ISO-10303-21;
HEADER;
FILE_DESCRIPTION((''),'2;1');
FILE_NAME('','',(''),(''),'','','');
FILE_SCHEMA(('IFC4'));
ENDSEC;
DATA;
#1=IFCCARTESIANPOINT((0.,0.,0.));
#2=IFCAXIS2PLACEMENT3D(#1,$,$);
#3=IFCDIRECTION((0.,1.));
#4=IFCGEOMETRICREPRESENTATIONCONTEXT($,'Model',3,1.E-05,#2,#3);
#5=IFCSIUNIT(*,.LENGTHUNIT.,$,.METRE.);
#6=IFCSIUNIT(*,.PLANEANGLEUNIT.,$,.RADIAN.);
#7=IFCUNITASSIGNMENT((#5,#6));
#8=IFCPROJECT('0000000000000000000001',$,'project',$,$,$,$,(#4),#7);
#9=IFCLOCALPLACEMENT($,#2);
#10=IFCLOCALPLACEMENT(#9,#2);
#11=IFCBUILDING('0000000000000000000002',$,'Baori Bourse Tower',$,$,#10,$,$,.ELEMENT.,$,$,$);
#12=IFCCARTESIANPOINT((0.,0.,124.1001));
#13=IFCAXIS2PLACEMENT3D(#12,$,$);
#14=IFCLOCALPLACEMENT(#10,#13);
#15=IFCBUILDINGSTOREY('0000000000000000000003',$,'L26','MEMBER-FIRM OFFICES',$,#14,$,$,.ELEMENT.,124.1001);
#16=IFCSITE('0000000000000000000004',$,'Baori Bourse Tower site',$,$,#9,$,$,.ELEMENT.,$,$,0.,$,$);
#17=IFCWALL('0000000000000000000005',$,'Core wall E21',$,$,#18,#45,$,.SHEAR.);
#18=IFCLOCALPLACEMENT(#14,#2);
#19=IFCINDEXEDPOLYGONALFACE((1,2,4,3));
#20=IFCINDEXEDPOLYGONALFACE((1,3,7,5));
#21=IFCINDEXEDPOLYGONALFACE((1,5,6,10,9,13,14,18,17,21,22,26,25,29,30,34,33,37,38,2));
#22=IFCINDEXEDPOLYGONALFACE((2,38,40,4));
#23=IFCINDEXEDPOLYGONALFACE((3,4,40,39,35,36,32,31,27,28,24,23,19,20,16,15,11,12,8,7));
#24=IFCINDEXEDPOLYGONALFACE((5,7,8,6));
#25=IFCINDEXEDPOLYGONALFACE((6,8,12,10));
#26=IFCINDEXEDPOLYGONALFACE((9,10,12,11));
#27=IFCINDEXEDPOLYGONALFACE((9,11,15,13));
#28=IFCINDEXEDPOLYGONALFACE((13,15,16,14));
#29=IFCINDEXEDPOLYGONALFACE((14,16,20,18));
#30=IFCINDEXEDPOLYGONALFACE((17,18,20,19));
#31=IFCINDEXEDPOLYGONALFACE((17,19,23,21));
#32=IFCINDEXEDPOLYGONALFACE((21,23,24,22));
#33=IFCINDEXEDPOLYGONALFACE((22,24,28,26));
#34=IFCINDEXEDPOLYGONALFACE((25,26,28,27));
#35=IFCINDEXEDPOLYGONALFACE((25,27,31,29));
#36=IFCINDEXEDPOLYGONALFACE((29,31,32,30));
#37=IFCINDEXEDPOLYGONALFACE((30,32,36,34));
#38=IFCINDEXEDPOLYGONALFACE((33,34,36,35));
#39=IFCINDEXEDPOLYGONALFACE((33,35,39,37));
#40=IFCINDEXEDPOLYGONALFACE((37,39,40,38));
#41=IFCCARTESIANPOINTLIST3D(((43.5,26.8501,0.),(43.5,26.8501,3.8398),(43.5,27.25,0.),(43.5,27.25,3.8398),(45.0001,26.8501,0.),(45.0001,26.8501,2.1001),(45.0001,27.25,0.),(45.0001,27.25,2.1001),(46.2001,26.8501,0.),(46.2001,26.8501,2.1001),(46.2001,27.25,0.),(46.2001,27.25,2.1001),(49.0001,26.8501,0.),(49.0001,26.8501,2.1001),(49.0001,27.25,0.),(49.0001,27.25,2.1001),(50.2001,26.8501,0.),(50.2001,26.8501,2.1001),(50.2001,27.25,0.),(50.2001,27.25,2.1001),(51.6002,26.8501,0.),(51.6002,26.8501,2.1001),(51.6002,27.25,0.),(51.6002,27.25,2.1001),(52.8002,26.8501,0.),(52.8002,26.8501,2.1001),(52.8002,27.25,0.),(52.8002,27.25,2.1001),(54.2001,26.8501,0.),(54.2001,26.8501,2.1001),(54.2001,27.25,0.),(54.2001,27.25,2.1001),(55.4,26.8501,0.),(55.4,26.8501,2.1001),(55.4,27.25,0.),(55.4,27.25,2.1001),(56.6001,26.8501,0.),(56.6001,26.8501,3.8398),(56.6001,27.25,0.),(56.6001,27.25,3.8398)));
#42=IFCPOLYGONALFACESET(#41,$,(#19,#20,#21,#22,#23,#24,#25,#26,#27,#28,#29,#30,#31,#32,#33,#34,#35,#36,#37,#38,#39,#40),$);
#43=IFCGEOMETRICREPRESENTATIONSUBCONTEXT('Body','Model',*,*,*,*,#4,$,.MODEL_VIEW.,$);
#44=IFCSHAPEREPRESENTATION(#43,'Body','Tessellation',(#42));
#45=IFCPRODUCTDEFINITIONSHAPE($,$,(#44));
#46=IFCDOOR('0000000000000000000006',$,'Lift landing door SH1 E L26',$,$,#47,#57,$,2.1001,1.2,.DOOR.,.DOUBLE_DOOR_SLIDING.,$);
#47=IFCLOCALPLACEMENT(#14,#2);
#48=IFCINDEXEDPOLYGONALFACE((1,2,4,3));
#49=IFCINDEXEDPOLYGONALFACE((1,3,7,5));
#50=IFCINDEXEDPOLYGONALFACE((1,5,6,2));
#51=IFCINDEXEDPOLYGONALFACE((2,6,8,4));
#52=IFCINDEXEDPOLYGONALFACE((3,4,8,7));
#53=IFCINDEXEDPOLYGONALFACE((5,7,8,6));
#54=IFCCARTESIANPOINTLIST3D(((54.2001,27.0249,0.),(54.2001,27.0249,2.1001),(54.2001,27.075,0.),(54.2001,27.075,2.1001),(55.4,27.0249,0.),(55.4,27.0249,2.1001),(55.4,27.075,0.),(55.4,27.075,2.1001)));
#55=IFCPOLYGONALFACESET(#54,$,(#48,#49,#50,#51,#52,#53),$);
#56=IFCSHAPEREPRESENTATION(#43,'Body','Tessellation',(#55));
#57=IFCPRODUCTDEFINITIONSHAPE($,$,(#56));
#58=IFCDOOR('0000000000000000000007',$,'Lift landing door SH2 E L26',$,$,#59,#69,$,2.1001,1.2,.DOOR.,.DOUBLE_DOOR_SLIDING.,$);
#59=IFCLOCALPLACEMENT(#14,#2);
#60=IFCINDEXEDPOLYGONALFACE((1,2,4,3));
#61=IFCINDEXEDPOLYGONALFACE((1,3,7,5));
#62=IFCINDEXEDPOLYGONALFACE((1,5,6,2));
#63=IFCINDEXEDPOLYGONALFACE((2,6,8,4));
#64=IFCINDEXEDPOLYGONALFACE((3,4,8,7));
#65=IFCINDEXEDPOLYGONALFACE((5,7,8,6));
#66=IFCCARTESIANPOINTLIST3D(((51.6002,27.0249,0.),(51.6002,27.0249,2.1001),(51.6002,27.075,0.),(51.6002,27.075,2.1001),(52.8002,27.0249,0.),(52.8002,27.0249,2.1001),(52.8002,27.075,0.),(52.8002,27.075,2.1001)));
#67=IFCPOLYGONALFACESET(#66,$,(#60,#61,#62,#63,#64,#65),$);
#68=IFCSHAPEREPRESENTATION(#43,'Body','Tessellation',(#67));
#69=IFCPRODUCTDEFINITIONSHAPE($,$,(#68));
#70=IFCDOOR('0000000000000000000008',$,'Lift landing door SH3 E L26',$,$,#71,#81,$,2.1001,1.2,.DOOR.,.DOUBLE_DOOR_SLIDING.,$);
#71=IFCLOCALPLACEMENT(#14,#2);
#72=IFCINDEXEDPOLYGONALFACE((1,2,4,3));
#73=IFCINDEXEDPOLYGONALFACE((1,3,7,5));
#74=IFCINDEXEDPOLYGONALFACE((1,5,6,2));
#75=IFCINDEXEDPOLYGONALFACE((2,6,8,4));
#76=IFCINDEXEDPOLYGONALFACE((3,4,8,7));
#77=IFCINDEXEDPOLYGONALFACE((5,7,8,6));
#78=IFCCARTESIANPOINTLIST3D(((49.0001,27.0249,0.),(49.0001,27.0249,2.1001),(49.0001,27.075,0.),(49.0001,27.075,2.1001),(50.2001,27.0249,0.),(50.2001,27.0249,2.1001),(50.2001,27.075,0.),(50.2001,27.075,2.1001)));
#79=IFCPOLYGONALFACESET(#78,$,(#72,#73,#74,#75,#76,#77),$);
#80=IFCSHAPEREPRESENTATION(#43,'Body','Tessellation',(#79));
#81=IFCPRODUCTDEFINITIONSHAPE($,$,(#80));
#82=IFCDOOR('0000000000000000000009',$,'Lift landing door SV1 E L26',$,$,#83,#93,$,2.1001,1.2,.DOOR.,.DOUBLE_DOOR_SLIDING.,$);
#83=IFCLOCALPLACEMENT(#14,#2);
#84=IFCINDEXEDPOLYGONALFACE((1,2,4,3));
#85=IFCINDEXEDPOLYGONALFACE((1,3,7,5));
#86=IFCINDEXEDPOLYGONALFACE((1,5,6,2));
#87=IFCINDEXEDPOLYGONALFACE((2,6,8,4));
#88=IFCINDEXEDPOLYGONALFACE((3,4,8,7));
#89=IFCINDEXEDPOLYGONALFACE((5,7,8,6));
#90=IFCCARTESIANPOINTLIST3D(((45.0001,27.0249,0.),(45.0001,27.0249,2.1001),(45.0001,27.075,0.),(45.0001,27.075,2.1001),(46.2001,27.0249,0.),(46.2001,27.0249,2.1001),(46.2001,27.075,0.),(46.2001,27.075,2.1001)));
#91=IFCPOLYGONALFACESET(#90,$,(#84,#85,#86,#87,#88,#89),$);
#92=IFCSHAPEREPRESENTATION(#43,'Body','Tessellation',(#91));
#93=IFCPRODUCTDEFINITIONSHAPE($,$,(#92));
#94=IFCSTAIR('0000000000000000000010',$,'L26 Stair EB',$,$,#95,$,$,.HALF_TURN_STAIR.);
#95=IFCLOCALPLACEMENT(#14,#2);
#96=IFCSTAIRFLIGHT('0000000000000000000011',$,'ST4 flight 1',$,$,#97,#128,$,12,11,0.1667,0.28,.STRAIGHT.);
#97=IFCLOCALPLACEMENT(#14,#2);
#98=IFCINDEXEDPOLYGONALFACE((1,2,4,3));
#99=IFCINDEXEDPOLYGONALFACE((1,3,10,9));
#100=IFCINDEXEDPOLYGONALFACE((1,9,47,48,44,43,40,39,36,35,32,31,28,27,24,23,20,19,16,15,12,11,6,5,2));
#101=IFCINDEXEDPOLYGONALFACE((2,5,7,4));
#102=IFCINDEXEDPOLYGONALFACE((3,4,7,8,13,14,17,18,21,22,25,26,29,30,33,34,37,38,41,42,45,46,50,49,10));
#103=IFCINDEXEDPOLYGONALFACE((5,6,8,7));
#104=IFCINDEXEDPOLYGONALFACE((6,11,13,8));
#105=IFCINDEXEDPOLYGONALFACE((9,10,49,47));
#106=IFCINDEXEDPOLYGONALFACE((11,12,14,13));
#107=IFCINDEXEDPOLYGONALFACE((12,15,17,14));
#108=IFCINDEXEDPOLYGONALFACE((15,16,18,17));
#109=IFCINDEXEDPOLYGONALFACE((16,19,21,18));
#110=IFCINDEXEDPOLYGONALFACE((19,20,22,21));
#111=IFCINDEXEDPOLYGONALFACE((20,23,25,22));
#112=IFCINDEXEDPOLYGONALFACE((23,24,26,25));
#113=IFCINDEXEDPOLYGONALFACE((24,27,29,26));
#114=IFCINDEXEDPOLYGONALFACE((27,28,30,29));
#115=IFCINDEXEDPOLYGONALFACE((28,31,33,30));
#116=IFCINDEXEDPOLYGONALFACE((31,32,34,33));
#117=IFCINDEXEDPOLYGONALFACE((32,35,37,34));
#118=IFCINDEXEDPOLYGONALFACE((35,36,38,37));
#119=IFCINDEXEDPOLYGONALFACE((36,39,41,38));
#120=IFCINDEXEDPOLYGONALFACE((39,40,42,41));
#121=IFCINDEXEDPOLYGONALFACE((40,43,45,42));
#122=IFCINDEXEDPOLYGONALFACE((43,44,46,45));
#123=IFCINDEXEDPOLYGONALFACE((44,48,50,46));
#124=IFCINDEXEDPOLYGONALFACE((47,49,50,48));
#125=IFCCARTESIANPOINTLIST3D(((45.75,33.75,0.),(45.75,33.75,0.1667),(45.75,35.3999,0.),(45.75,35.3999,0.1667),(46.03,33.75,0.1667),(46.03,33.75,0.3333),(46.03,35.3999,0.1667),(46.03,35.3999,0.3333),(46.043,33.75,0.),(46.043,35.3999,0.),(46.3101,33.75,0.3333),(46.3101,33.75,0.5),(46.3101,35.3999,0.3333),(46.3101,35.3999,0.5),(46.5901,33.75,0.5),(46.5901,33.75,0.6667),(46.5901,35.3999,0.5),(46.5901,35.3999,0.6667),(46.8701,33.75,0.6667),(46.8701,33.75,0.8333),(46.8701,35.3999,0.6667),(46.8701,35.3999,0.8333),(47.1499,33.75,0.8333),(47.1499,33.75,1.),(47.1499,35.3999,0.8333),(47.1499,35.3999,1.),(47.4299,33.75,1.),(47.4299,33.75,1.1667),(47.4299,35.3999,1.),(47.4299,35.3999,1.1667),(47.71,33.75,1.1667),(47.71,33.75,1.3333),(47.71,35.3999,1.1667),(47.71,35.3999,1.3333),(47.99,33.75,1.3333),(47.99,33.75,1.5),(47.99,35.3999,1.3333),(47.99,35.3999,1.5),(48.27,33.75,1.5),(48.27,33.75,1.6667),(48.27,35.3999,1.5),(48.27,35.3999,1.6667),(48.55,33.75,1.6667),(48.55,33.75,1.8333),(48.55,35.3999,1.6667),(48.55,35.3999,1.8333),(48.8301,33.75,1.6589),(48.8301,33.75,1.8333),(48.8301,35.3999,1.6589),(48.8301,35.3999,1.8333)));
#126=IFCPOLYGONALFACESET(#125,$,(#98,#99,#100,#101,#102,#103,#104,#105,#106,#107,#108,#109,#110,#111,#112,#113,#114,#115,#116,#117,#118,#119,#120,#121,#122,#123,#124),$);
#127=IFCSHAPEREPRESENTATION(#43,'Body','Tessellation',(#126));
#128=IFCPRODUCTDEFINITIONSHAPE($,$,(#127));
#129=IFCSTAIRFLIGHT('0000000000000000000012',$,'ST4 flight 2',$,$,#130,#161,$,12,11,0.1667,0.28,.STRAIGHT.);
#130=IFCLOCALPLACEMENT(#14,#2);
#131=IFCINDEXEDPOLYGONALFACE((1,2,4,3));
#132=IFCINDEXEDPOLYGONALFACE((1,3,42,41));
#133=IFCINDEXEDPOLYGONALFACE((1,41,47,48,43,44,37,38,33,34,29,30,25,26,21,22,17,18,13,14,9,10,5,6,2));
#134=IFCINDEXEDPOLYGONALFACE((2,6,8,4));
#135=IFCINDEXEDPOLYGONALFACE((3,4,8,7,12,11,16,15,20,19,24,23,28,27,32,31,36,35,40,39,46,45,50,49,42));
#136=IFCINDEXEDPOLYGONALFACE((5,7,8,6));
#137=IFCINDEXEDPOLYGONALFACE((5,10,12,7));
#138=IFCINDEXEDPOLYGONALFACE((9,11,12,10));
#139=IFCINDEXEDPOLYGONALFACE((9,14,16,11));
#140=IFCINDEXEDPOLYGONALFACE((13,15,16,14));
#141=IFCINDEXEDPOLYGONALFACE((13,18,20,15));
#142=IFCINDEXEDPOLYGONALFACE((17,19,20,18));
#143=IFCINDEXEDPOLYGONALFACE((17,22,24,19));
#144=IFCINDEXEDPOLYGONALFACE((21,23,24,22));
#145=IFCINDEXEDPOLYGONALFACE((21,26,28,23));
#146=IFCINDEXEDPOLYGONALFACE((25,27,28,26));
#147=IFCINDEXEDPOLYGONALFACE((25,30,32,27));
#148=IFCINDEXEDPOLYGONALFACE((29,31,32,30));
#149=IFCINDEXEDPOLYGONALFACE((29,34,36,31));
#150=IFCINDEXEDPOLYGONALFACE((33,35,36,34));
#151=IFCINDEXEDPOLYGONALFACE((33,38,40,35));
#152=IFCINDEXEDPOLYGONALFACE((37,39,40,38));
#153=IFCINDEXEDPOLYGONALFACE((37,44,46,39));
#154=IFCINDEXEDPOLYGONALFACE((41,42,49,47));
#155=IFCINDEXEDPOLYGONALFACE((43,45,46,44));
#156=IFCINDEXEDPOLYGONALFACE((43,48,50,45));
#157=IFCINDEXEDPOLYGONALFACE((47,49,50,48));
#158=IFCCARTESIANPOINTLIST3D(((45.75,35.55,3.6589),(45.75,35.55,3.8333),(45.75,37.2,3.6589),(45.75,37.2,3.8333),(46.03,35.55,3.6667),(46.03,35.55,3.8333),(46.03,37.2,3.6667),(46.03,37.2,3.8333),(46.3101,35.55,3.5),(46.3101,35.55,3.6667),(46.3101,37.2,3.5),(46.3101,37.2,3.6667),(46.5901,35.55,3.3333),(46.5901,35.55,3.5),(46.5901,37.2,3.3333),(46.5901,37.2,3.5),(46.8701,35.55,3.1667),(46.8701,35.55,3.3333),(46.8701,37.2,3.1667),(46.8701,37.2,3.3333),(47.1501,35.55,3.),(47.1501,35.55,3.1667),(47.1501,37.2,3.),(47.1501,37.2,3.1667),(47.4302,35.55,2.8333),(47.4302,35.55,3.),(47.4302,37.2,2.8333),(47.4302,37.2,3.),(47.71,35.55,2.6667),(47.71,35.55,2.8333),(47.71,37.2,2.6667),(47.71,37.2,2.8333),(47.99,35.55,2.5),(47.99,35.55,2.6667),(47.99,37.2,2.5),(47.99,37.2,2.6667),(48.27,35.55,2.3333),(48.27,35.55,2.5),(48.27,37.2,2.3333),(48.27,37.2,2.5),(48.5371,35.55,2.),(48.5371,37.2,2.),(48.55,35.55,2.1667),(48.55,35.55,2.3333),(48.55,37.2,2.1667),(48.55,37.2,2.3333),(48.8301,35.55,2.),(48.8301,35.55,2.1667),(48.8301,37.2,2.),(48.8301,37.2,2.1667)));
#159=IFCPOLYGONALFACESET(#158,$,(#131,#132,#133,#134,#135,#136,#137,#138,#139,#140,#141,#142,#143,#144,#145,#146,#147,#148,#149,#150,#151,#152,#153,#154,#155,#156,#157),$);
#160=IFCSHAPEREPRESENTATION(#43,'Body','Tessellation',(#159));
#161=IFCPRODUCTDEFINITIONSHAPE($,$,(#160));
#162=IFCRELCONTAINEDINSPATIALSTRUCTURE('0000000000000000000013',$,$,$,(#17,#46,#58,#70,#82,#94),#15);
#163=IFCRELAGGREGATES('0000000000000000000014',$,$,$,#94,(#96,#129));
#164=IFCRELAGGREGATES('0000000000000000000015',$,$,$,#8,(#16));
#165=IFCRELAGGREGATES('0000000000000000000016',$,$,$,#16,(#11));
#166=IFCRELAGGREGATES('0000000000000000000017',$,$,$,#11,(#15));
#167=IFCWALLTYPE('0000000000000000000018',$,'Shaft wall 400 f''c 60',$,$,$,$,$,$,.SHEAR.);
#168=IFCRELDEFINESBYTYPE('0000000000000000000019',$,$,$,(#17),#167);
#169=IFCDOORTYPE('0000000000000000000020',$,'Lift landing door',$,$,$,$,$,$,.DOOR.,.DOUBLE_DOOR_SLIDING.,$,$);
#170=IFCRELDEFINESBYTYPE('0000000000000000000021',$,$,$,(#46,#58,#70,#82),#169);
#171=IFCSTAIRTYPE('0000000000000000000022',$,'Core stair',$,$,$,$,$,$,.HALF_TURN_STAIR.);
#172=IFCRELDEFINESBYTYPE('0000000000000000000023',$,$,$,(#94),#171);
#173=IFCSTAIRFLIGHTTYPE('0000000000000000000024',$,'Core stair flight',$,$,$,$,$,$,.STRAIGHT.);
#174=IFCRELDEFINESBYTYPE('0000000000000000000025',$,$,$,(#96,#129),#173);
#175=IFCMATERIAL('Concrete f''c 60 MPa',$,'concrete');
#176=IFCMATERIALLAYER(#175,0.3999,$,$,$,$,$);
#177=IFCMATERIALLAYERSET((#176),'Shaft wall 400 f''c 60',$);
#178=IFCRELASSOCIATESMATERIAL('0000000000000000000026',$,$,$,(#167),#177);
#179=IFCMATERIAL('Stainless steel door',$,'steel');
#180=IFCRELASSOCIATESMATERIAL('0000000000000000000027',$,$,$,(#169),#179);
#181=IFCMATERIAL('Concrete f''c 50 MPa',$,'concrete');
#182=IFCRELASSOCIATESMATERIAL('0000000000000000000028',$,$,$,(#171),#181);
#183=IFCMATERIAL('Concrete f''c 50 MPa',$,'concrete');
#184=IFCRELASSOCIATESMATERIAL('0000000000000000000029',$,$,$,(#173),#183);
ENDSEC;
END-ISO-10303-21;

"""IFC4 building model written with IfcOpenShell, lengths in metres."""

from ifc_helpers import new_model, si_unit, direction, frame, frame_2d, origin, place, context, subcontext, project, spatial, polyline, rectangle, outline, extrude, material, layer, layer_set, type_object, element, fill, aggregate, save


model = new_model("IFC4")

# Units and contexts
model_context = context("Model", 3, precision=1e-05, world=origin(), true_north=direction((0.0, 1.0)))
body_context = subcontext(model_context, "Body", "Model", "MODEL_VIEW")
ifc_project = project(units=[si_unit("LENGTHUNIT", "METRE"), si_unit("PLANEANGLEUNIT", "RADIAN")], contexts=[model_context])

# Site, building, storey
site_placement = place(None, origin())
site = spatial("IfcSite", under=ifc_project, at=site_placement, Name="Baori Bourse Tower site", CompositionType="ELEMENT", RefElevation=0.0)
building_placement = place(site_placement, origin())
building = spatial("IfcBuilding", under=site, at=building_placement, Name="Baori Bourse Tower", CompositionType="ELEMENT")
storey_placement = place(building_placement, frame((0.0, 0.0, 124.1001)))
storey = spatial("IfcBuildingStorey", under=building, at=storey_placement, Name="L26", Description="MEMBER-FIRM OFFICES", CompositionType="ELEMENT", Elevation=124.1001)

# Wall, openings, doors
ifc_material_1 = material(Name="Concrete f'c 60 MPa", Category="concrete")
ifc_layer_1 = layer(ifc_material_1, 0.3999)
ifc_layer_set_1 = layer_set([ifc_layer_1], Name="Shaft wall 400 f'c 60")
wall_type_1 = type_object("IfcWallType", Name="Shaft wall 400 f'c 60", PredefinedType="SHEAR", material=ifc_layer_set_1)
wall_1_placement = place(storey_placement, frame((43.5, 27.05, 0.0), z_axis=(0.0, 0.0, 1.0), x_axis=(1.0, 0.0, 0.0)))
wall_1 = element("IfcWall", 1, at=wall_1_placement, inside=storey, type_object=wall_type_1, Name="Core wall E21", PredefinedType="SHEAR", context=body_context, shape_type="SweptSolid", body=[
    extrude(rectangle(XDim=13.1001, YDim=0.3999, at=frame_2d((6.55, 0.0))), origin(), (0.0, 0.0, 1.0), 3.8398),
])
opening_1_placement = place(wall_1_placement, frame((10.7, 0.0, 0.0)))
opening_1 = element("IfcOpeningElement", 2, at=opening_1_placement, cuts=wall_1, PredefinedType="OPENING", context=body_context, shape_type="SweptSolid", body=[
    extrude(rectangle(XDim=1.2, YDim=2.1001, at=frame_2d((0.6001, 1.05))), frame((0.0, 0.21, 0.0), z_axis=(0.0, -1.0, 0.0), x_axis=(1.0, 0.0, 0.0)), (0.0, 0.0, 1.0), 0.4199),
])
opening_2_placement = place(wall_1_placement, frame((8.1001, 0.0, 0.0)))
opening_2 = element("IfcOpeningElement", 3, at=opening_2_placement, cuts=wall_1, PredefinedType="OPENING", context=body_context, shape_type="SweptSolid", body=[
    extrude(rectangle(XDim=1.2, YDim=2.1001, at=frame_2d((0.6001, 1.05))), frame((0.0, 0.21, 0.0), z_axis=(0.0, -1.0, 0.0), x_axis=(1.0, 0.0, 0.0)), (0.0, 0.0, 1.0), 0.4199),
])
opening_3_placement = place(wall_1_placement, frame((5.5, 0.0, 0.0)))
opening_3 = element("IfcOpeningElement", 4, at=opening_3_placement, cuts=wall_1, PredefinedType="OPENING", context=body_context, shape_type="SweptSolid", body=[
    extrude(rectangle(XDim=1.2, YDim=2.1001, at=frame_2d((0.6001, 1.05))), frame((0.0, 0.21, 0.0), z_axis=(0.0, -1.0, 0.0), x_axis=(1.0, 0.0, 0.0)), (0.0, 0.0, 1.0), 0.4199),
])
opening_4_placement = place(wall_1_placement, frame((1.5, 0.0, 0.0)))
opening_4 = element("IfcOpeningElement", 5, at=opening_4_placement, cuts=wall_1, PredefinedType="OPENING", context=body_context, shape_type="SweptSolid", body=[
    extrude(rectangle(XDim=1.2, YDim=2.1001, at=frame_2d((0.6001, 1.05))), frame((0.0, 0.21, 0.0), z_axis=(0.0, -1.0, 0.0), x_axis=(1.0, 0.0, 0.0)), (0.0, 0.0, 1.0), 0.4199),
])
ifc_material_2 = material(Name="Stainless steel door", Category="steel")
door_type_1 = type_object("IfcDoorType", Name="Lift landing door", OperationType="DOUBLE_DOOR_SLIDING", PredefinedType="DOOR", material=ifc_material_2)
door_1_placement = place(opening_1_placement, origin())
door_1 = element("IfcDoor", 6, at=door_1_placement, inside=storey, type_object=door_type_1, Name="Lift landing door SH1 E L26", OperationType="DOUBLE_DOOR_SLIDING", OverallHeight=2.1001, OverallWidth=1.2, PredefinedType="DOOR", context=body_context, shape_type="SweptSolid", body=[
    extrude(rectangle(XDim=1.2, YDim=2.1001, at=frame_2d((0.6001, 1.05))), frame((0.0, 0.0249, 0.0), z_axis=(0.0, -1.0, 0.0), x_axis=(1.0, 0.0, 0.0)), (0.0, 0.0, 1.0), 0.05),
])
fill(opening_1, door_1)
door_2_placement = place(opening_2_placement, origin())
door_2 = element("IfcDoor", 7, at=door_2_placement, inside=storey, type_object=door_type_1, Name="Lift landing door SH2 E L26", OperationType="DOUBLE_DOOR_SLIDING", OverallHeight=2.1001, OverallWidth=1.2, PredefinedType="DOOR", context=body_context, shape_type="SweptSolid", body=[
    extrude(rectangle(XDim=1.2, YDim=2.1001, at=frame_2d((0.6001, 1.05))), frame((0.0, 0.0249, 0.0), z_axis=(0.0, -1.0, 0.0), x_axis=(1.0, 0.0, 0.0)), (0.0, 0.0, 1.0), 0.05),
])
fill(opening_2, door_2)
door_3_placement = place(opening_3_placement, origin())
door_3 = element("IfcDoor", 8, at=door_3_placement, inside=storey, type_object=door_type_1, Name="Lift landing door SH3 E L26", OperationType="DOUBLE_DOOR_SLIDING", OverallHeight=2.1001, OverallWidth=1.2, PredefinedType="DOOR", context=body_context, shape_type="SweptSolid", body=[
    extrude(rectangle(XDim=1.2, YDim=2.1001, at=frame_2d((0.6001, 1.05))), frame((0.0, 0.0249, 0.0), z_axis=(0.0, -1.0, 0.0), x_axis=(1.0, 0.0, 0.0)), (0.0, 0.0, 1.0), 0.05),
])
fill(opening_3, door_3)
door_4_placement = place(opening_4_placement, origin())
door_4 = element("IfcDoor", 9, at=door_4_placement, inside=storey, type_object=door_type_1, Name="Lift landing door SV1 E L26", OperationType="DOUBLE_DOOR_SLIDING", OverallHeight=2.1001, OverallWidth=1.2, PredefinedType="DOOR", context=body_context, shape_type="SweptSolid", body=[
    extrude(rectangle(XDim=1.2, YDim=2.1001, at=frame_2d((0.6001, 1.05))), frame((0.0, 0.0249, 0.0), z_axis=(0.0, -1.0, 0.0), x_axis=(1.0, 0.0, 0.0)), (0.0, 0.0, 1.0), 0.05),
])
fill(opening_4, door_4)

# Stair, stair flights
ifc_material_3 = material(Name="Concrete f'c 50 MPa", Category="concrete")
stair_type = type_object("IfcStairType", Name="Core stair", PredefinedType="HALF_TURN_STAIR", material=ifc_material_3)
stair_placement = place(storey_placement, origin())
stair = element("IfcStair", 10, at=stair_placement, inside=storey, type_object=stair_type, Name="L26 Stair EB", PredefinedType="HALF_TURN_STAIR")
ifc_material_4 = material(Name="Concrete f'c 50 MPa", Category="concrete")
stair_flight_type = type_object("IfcStairFlightType", Name="Core stair flight", PredefinedType="STRAIGHT", material=ifc_material_4)
stair_flight_1_placement = place(storey_placement, frame((45.75, 34.575, 0.0), z_axis=(0.0, 0.0, 1.0), x_axis=(1.0, 0.0, 0.0)))
stair_flight_1 = element("IfcStairFlight", 11, at=stair_flight_1_placement, type_object=stair_flight_type, Name="ST4 flight 1", NumberOfRisers=12, NumberOfTreads=11, PredefinedType="STRAIGHT", RiserHeight=0.1667, TreadLength=0.28, context=body_context, shape_type="SweptSolid", body=[
    extrude(outline(polyline([(0.0, 0.0), (0.0, 0.1667), (0.28, 0.1667), (0.28, 0.3333), (0.5601, 0.3333), (0.5601, 0.5), (0.8401, 0.5), (0.8401, 0.6667), (1.1201, 0.6667), (1.1201, 0.8333), (1.3999, 0.8333), (1.3999, 1.0), (1.6799, 1.0), (1.6799, 1.1667), (1.96, 1.1667), (1.96, 1.3333), (2.24, 1.3333), (2.24, 1.5), (2.52, 1.5), (2.52, 1.6667), (2.8, 1.6667), (2.8, 1.8333), (3.0801, 1.8333), (3.0801, 2.0), (3.0801, 1.6589), (0.293, 0.0), (0.0, 0.0)])), frame((0.0, 0.825, 0.0), z_axis=(0.0, -1.0, 0.0), x_axis=(1.0, 0.0, 0.0)), (0.0, 0.0, 1.0), 1.6499),
])
stair_flight_2_placement = place(storey_placement, frame((48.8301, 36.375, 2.0), z_axis=(0.0, 0.0, 1.0), x_axis=(-1.0, 0.0, 0.0)))
stair_flight_2 = element("IfcStairFlight", 12, at=stair_flight_2_placement, type_object=stair_flight_type, Name="ST4 flight 2", NumberOfRisers=12, NumberOfTreads=11, PredefinedType="STRAIGHT", RiserHeight=0.1667, TreadLength=0.28, context=body_context, shape_type="SweptSolid", body=[
    extrude(outline(polyline([(0.0, 0.0), (0.0, 0.1667), (0.28, 0.1667), (0.28, 0.3333), (0.5601, 0.3333), (0.5601, 0.5), (0.8401, 0.5), (0.8401, 0.6667), (1.1201, 0.6667), (1.1201, 0.8333), (1.3999, 0.8333), (1.3999, 1.0), (1.6799, 1.0), (1.6799, 1.1667), (1.96, 1.1667), (1.96, 1.3333), (2.24, 1.3333), (2.24, 1.5), (2.52, 1.5), (2.52, 1.6667), (2.8, 1.6667), (2.8, 1.8333), (3.0801, 1.8333), (3.0801, 2.0), (3.0801, 1.6589), (0.293, 0.0), (0.0, 0.0)])), frame((0.0, 0.825, 0.0), z_axis=(0.0, -1.0, 0.0), x_axis=(1.0, 0.0, 0.0)), (0.0, 0.0, 1.0), 1.6499),
])
aggregate(stair, [stair_flight_1, stair_flight_2])

save(model, "model.ifc")
